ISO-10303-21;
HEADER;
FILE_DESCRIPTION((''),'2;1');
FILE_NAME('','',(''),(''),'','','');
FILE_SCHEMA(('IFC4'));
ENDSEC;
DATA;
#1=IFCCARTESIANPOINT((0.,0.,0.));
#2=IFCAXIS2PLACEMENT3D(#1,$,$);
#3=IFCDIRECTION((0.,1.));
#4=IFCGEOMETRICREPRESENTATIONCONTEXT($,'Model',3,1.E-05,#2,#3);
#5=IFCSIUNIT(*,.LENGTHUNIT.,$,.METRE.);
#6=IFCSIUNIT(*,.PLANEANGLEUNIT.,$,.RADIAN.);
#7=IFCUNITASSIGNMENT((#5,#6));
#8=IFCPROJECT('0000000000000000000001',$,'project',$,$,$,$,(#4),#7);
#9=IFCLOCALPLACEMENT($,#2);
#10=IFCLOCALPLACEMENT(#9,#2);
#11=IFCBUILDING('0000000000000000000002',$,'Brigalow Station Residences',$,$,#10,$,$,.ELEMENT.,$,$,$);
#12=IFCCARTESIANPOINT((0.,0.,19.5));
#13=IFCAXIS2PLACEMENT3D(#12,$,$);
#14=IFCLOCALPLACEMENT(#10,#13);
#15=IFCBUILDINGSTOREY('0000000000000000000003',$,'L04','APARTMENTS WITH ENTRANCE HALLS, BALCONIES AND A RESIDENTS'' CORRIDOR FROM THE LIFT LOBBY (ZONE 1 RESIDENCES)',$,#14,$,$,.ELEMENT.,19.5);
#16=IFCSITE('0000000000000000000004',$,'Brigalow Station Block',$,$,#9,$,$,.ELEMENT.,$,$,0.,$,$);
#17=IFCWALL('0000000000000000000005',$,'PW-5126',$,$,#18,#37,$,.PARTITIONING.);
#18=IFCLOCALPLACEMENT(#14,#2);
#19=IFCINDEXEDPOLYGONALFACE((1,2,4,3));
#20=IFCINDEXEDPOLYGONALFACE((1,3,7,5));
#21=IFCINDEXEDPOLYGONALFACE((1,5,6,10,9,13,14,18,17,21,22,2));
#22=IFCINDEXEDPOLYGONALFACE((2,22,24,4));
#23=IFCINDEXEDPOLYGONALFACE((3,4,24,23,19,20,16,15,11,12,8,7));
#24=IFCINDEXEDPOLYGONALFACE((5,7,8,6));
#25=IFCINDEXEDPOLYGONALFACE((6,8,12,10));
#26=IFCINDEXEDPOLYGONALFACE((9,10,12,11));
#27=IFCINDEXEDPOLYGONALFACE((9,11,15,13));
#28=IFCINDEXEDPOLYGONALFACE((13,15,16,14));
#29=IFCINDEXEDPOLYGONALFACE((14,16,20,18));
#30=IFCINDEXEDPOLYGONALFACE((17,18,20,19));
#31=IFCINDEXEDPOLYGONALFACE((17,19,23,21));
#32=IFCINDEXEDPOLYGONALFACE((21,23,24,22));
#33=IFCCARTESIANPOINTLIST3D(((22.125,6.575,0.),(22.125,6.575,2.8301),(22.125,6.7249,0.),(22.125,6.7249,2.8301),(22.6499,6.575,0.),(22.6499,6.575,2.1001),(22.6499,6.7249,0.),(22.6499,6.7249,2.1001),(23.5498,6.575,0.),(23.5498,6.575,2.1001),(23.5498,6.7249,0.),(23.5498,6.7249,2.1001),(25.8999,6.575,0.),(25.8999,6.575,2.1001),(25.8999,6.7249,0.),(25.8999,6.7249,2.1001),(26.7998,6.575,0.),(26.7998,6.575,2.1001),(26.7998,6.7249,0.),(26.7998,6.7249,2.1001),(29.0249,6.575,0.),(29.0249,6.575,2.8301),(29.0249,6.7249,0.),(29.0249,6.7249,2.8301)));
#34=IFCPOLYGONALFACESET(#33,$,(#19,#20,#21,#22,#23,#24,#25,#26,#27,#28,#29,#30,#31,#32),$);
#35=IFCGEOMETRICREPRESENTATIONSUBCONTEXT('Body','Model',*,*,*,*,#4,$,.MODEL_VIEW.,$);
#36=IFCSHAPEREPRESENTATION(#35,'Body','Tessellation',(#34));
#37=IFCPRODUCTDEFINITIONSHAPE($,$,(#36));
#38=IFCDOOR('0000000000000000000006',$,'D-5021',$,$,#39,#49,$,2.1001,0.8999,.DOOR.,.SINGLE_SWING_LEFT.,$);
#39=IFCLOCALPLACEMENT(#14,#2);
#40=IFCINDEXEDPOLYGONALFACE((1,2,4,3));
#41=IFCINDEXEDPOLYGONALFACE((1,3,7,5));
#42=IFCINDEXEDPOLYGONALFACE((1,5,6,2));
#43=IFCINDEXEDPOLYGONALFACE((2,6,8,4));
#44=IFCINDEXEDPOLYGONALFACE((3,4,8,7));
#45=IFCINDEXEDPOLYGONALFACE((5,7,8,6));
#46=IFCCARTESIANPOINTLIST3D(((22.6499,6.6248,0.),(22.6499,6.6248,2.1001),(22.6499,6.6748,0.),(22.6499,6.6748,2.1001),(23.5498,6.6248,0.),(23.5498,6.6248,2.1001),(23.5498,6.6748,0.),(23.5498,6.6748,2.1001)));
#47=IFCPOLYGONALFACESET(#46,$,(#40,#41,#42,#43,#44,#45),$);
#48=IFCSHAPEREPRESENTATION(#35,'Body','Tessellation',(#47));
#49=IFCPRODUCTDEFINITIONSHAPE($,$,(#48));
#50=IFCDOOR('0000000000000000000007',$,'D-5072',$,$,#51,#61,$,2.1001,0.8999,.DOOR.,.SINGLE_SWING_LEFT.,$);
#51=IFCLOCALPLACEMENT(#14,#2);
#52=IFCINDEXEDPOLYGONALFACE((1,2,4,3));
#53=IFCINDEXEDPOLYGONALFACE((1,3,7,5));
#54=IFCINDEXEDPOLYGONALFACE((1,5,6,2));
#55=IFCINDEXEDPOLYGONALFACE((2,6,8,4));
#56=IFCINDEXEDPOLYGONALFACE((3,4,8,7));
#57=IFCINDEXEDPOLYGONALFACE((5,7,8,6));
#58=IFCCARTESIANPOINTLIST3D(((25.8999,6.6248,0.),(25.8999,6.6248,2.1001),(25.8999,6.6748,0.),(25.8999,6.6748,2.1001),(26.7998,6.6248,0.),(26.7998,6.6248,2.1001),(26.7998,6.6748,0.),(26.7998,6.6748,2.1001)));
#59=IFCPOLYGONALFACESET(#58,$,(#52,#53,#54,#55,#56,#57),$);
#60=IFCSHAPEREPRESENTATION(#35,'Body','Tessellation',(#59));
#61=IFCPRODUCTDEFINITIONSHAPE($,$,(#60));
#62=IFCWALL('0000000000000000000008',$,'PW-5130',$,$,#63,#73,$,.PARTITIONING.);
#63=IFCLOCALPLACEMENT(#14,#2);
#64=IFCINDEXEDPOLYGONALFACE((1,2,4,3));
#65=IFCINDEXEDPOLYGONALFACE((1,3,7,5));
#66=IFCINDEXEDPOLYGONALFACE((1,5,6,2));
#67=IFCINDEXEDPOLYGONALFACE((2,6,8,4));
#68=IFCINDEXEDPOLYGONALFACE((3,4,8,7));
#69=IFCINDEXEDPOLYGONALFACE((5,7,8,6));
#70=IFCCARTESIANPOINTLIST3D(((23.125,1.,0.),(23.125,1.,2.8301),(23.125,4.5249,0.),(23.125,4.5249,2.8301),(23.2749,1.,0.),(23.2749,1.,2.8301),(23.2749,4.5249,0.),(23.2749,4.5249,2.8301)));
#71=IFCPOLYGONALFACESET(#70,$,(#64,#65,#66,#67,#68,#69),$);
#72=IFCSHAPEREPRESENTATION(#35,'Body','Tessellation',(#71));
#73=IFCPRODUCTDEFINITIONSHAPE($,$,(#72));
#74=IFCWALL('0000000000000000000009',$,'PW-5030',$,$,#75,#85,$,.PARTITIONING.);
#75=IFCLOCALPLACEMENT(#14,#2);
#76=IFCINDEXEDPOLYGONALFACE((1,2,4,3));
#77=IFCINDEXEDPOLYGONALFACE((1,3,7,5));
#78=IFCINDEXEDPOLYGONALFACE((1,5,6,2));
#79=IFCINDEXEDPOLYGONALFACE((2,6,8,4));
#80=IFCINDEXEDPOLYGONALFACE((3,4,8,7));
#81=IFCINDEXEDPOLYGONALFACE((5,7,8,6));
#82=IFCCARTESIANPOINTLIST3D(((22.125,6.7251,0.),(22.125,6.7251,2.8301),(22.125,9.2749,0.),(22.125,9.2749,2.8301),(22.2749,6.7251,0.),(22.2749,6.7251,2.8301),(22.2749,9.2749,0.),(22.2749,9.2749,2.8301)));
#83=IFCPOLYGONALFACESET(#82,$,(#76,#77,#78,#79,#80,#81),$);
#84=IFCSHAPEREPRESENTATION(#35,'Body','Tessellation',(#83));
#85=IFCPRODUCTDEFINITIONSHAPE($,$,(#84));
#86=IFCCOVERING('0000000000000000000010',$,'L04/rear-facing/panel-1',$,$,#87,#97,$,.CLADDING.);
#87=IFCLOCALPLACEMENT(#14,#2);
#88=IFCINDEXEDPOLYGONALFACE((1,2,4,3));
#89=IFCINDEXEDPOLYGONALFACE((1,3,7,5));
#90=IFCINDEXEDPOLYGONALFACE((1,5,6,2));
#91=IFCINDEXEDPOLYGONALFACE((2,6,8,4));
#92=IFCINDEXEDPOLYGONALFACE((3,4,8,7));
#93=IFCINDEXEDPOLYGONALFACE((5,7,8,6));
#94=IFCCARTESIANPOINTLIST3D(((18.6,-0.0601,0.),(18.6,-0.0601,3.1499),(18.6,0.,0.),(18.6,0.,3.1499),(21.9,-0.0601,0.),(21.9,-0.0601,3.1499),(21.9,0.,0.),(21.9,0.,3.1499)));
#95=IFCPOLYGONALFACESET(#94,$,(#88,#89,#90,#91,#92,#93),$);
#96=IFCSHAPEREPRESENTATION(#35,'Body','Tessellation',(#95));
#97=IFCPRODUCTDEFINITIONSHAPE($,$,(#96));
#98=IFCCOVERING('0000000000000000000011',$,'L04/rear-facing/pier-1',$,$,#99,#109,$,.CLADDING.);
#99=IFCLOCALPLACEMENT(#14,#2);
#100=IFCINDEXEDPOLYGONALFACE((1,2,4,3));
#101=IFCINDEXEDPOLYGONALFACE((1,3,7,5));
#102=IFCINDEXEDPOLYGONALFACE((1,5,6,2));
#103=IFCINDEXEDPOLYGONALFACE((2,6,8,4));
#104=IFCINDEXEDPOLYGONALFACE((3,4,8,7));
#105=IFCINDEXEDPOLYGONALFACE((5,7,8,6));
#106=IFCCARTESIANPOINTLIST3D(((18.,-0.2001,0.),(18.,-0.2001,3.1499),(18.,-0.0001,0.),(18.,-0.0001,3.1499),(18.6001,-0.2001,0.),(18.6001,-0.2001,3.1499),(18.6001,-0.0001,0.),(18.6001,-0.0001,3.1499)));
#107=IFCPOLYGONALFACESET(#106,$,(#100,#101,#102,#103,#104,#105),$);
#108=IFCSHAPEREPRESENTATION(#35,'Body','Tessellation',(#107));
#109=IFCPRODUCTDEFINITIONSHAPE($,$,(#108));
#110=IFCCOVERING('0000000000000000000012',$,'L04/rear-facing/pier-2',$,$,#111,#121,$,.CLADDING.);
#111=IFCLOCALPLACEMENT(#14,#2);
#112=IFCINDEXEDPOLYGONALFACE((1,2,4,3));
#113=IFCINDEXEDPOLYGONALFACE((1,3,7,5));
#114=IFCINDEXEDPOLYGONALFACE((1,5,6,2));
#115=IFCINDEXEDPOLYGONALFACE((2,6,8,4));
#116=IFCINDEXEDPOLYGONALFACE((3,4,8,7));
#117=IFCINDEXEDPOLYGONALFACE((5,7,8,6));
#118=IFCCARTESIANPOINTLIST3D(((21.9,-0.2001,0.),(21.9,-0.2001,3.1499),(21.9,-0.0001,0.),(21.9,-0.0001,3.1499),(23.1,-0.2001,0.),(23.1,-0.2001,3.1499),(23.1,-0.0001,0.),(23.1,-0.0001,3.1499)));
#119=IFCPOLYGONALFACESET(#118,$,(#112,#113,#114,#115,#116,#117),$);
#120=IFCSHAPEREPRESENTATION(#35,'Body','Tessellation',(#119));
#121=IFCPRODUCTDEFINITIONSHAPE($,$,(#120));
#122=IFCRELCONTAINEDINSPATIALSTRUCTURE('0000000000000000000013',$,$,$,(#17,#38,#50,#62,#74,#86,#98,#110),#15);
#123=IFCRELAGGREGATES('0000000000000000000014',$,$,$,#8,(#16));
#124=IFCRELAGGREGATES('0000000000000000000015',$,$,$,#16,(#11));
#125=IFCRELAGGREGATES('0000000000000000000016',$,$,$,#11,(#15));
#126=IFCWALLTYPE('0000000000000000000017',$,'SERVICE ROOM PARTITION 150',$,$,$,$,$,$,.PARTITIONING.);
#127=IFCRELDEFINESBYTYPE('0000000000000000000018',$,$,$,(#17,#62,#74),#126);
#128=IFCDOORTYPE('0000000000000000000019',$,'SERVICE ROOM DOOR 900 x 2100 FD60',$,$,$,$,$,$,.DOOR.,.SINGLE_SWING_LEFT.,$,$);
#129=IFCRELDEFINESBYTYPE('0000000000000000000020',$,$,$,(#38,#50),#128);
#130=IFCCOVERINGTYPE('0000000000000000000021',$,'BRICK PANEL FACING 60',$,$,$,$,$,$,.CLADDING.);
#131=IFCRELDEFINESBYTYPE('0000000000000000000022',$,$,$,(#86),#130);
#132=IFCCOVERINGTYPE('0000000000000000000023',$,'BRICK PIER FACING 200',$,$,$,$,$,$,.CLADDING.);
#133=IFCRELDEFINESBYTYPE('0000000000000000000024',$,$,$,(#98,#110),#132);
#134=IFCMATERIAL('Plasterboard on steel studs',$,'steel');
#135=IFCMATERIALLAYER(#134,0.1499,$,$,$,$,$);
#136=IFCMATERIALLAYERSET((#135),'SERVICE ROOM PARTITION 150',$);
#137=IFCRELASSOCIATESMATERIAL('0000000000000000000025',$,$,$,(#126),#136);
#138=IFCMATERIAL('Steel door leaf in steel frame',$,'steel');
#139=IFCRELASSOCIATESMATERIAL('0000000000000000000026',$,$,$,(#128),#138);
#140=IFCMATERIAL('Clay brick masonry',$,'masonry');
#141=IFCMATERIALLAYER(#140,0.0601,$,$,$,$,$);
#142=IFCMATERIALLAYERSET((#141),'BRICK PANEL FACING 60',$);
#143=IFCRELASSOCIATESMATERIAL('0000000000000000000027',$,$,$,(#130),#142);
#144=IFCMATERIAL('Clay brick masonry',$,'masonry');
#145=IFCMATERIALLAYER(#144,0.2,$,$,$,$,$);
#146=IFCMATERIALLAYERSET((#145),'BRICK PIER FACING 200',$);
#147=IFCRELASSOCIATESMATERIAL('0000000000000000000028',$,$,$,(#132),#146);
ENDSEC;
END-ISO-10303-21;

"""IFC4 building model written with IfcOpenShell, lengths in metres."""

from ifc_helpers import new_model, si_unit, direction, frame, frame_2d, origin, origin_2d, place, context, subcontext, project, spatial, rectangle, extrude, material, layer, layer_set, type_object, element, fill, save


model = new_model("IFC4")

# Units and contexts
model_context = context("Model", 3, precision=1e-05, world=origin(), true_north=direction((0.0, 1.0)))
body_context = subcontext(model_context, "Body", "Model", "MODEL_VIEW")
ifc_project = project(units=[si_unit("LENGTHUNIT", "METRE"), si_unit("PLANEANGLEUNIT", "RADIAN")], contexts=[model_context])

# Site, building, storey
site_placement = place(None, origin())
site = spatial("IfcSite", under=ifc_project, at=site_placement, Name="Brigalow Station Block", CompositionType="ELEMENT", RefElevation=0.0)
building_placement = place(site_placement, origin())
building = spatial("IfcBuilding", under=site, at=building_placement, Name="Brigalow Station Residences", CompositionType="ELEMENT")
storey_placement = place(building_placement, frame((0.0, 0.0, 19.5)))
storey = spatial("IfcBuildingStorey", under=building, at=storey_placement, Name="L04", Description="APARTMENTS WITH ENTRANCE HALLS, BALCONIES AND A RESIDENTS' CORRIDOR FROM THE LIFT LOBBY (ZONE 1 RESIDENCES)", CompositionType="ELEMENT", Elevation=19.5)

# Wall, openings, doors
ifc_material_1 = material(Name="Plasterboard on steel studs", Category="steel")
ifc_layer_1 = layer(ifc_material_1, 0.1499)
ifc_layer_set_1 = layer_set([ifc_layer_1], Name="SERVICE ROOM PARTITION 150")
wall_type_1 = type_object("IfcWallType", Name="SERVICE ROOM PARTITION 150", PredefinedType="PARTITIONING", material=ifc_layer_set_1)
ifc_material_2 = material(Name="Steel door leaf in steel frame", Category="steel")
door_type = type_object("IfcDoorType", Name="SERVICE ROOM DOOR 900 x 2100 FD60", OperationType="SINGLE_SWING_LEFT", PredefinedType="DOOR", material=ifc_material_2)
wall_1_placement = place(storey_placement, frame((22.125, 6.6499, 0.0), z_axis=(0.0, 0.0, 1.0), x_axis=(1.0, 0.0, 0.0)))
wall_1 = element("IfcWall", 1, at=wall_1_placement, inside=storey, type_object=wall_type_1, Name="PW-5126", PredefinedType="PARTITIONING", context=body_context, shape_type="SweptSolid", body=[
    extrude(rectangle(XDim=6.8999, YDim=0.1499, at=frame_2d((3.45, 0.0))), origin(), (0.0, 0.0, 1.0), 2.8301),
])
opening_1_placement = place(wall_1_placement, frame((0.5249, 0.0, 0.0)))
opening_1 = element("IfcOpeningElement", 2, at=opening_1_placement, cuts=wall_1, PredefinedType="OPENING", context=body_context, shape_type="SweptSolid", body=[
    extrude(rectangle(XDim=0.8999, YDim=2.1001, at=frame_2d((0.45, 1.05))), frame((0.0, 0.085, 0.0), z_axis=(0.0, -1.0, 0.0), x_axis=(1.0, 0.0, 0.0)), (0.0, 0.0, 1.0), 0.1699),
])
opening_2_placement = place(wall_1_placement, frame((3.7749, 0.0, 0.0)))
opening_2 = element("IfcOpeningElement", 3, at=opening_2_placement, cuts=wall_1, PredefinedType="OPENING", context=body_context, shape_type="SweptSolid", body=[
    extrude(rectangle(XDim=0.8999, YDim=2.1001, at=frame_2d((0.45, 1.05))), frame((0.0, 0.085, 0.0), z_axis=(0.0, -1.0, 0.0), x_axis=(1.0, 0.0, 0.0)), (0.0, 0.0, 1.0), 0.1699),
])
door_1_placement = place(opening_1_placement, origin())
door_1 = element("IfcDoor", 4, at=door_1_placement, inside=storey, type_object=door_type, Name="D-5021", OperationType="SINGLE_SWING_LEFT", OverallHeight=2.1001, OverallWidth=0.8999, PredefinedType="DOOR", context=body_context, shape_type="SweptSolid", body=[
    extrude(rectangle(XDim=0.8999, YDim=2.1001, at=frame_2d((0.45, 1.05))), frame((0.0, 0.0249, 0.0), z_axis=(0.0, -1.0, 0.0), x_axis=(1.0, 0.0, 0.0)), (0.0, 0.0, 1.0), 0.05),
])
fill(opening_1, door_1)
door_2_placement = place(opening_2_placement, origin())
door_2 = element("IfcDoor", 5, at=door_2_placement, inside=storey, type_object=door_type, Name="D-5072", OperationType="SINGLE_SWING_LEFT", OverallHeight=2.1001, OverallWidth=0.8999, PredefinedType="DOOR", context=body_context, shape_type="SweptSolid", body=[
    extrude(rectangle(XDim=0.8999, YDim=2.1001, at=frame_2d((0.45, 1.05))), frame((0.0, 0.0249, 0.0), z_axis=(0.0, -1.0, 0.0), x_axis=(1.0, 0.0, 0.0)), (0.0, 0.0, 1.0), 0.05),
])
fill(opening_2, door_2)

# Walls
wall_2_placement = place(storey_placement, frame((23.2, 1.0, 0.0), z_axis=(0.0, 0.0, 1.0), x_axis=(0.0, 1.0, 0.0)))
element("IfcWall", 6, at=wall_2_placement, inside=storey, type_object=wall_type_1, Name="PW-5130", PredefinedType="PARTITIONING", context=body_context, shape_type="SweptSolid", body=[
    extrude(rectangle(XDim=3.5249, YDim=0.1499, at=frame_2d((1.7625, 0.0))), origin(), (0.0, 0.0, 1.0), 2.8301),
])
wall_3_placement = place(storey_placement, frame((22.2, 6.7251, 0.0), z_axis=(0.0, 0.0, 1.0), x_axis=(0.0, 1.0, 0.0)))
element("IfcWall", 7, at=wall_3_placement, inside=storey, type_object=wall_type_1, Name="PW-5030", PredefinedType="PARTITIONING", context=body_context, shape_type="SweptSolid", body=[
    extrude(rectangle(XDim=2.5498, YDim=0.1499, at=frame_2d((1.2749, 0.0))), origin(), (0.0, 0.0, 1.0), 2.8301),
])

# Coverings
ifc_material_3 = material(Name="Clay brick masonry", Category="masonry")
ifc_layer_2 = layer(ifc_material_3, 0.0601)
ifc_layer_set_2 = layer_set([ifc_layer_2], Name="BRICK PANEL FACING 60")
covering_type_1 = type_object("IfcCoveringType", Name="BRICK PANEL FACING 60", PredefinedType="CLADDING", material=ifc_layer_set_2)
covering_1_placement = place(storey_placement, frame((20.25, -0.03, 0.0), z_axis=(0.0, 0.0, 1.0), x_axis=(1.0, 0.0, 0.0)))
element("IfcCovering", 8, at=covering_1_placement, inside=storey, type_object=covering_type_1, Name="L04/rear-facing/panel-1", PredefinedType="CLADDING", context=body_context, shape_type="SweptSolid", body=[
    extrude(rectangle(XDim=3.3, YDim=0.0601, at=origin_2d()), origin(), (0.0, 0.0, 1.0), 3.1499),
])
ifc_material_4 = material(Name="Clay brick masonry", Category="masonry")
ifc_layer_3 = layer(ifc_material_4, 0.2)
ifc_layer_set_3 = layer_set([ifc_layer_3], Name="BRICK PIER FACING 200")
covering_type_2 = type_object("IfcCoveringType", Name="BRICK PIER FACING 200", PredefinedType="CLADDING", material=ifc_layer_set_3)
covering_2_placement = place(storey_placement, frame((18.3, -0.1001, 0.0), z_axis=(0.0, 0.0, 1.0), x_axis=(1.0, 0.0, 0.0)))
element("IfcCovering", 9, at=covering_2_placement, inside=storey, type_object=covering_type_2, Name="L04/rear-facing/pier-1", PredefinedType="CLADDING", context=body_context, shape_type="SweptSolid", body=[
    extrude(rectangle(XDim=0.6001, YDim=0.2, at=origin_2d()), origin(), (0.0, 0.0, 1.0), 3.1499),
])
covering_3_placement = place(storey_placement, frame((22.5, -0.1001, 0.0), z_axis=(0.0, 0.0, 1.0), x_axis=(1.0, 0.0, 0.0)))
element("IfcCovering", 10, at=covering_3_placement, inside=storey, type_object=covering_type_2, Name="L04/rear-facing/pier-2", PredefinedType="CLADDING", context=body_context, shape_type="SweptSolid", body=[
    extrude(rectangle(XDim=1.2, YDim=0.2, at=origin_2d()), origin(), (0.0, 0.0, 1.0), 3.1499),
])

save(model, "model.ifc")
